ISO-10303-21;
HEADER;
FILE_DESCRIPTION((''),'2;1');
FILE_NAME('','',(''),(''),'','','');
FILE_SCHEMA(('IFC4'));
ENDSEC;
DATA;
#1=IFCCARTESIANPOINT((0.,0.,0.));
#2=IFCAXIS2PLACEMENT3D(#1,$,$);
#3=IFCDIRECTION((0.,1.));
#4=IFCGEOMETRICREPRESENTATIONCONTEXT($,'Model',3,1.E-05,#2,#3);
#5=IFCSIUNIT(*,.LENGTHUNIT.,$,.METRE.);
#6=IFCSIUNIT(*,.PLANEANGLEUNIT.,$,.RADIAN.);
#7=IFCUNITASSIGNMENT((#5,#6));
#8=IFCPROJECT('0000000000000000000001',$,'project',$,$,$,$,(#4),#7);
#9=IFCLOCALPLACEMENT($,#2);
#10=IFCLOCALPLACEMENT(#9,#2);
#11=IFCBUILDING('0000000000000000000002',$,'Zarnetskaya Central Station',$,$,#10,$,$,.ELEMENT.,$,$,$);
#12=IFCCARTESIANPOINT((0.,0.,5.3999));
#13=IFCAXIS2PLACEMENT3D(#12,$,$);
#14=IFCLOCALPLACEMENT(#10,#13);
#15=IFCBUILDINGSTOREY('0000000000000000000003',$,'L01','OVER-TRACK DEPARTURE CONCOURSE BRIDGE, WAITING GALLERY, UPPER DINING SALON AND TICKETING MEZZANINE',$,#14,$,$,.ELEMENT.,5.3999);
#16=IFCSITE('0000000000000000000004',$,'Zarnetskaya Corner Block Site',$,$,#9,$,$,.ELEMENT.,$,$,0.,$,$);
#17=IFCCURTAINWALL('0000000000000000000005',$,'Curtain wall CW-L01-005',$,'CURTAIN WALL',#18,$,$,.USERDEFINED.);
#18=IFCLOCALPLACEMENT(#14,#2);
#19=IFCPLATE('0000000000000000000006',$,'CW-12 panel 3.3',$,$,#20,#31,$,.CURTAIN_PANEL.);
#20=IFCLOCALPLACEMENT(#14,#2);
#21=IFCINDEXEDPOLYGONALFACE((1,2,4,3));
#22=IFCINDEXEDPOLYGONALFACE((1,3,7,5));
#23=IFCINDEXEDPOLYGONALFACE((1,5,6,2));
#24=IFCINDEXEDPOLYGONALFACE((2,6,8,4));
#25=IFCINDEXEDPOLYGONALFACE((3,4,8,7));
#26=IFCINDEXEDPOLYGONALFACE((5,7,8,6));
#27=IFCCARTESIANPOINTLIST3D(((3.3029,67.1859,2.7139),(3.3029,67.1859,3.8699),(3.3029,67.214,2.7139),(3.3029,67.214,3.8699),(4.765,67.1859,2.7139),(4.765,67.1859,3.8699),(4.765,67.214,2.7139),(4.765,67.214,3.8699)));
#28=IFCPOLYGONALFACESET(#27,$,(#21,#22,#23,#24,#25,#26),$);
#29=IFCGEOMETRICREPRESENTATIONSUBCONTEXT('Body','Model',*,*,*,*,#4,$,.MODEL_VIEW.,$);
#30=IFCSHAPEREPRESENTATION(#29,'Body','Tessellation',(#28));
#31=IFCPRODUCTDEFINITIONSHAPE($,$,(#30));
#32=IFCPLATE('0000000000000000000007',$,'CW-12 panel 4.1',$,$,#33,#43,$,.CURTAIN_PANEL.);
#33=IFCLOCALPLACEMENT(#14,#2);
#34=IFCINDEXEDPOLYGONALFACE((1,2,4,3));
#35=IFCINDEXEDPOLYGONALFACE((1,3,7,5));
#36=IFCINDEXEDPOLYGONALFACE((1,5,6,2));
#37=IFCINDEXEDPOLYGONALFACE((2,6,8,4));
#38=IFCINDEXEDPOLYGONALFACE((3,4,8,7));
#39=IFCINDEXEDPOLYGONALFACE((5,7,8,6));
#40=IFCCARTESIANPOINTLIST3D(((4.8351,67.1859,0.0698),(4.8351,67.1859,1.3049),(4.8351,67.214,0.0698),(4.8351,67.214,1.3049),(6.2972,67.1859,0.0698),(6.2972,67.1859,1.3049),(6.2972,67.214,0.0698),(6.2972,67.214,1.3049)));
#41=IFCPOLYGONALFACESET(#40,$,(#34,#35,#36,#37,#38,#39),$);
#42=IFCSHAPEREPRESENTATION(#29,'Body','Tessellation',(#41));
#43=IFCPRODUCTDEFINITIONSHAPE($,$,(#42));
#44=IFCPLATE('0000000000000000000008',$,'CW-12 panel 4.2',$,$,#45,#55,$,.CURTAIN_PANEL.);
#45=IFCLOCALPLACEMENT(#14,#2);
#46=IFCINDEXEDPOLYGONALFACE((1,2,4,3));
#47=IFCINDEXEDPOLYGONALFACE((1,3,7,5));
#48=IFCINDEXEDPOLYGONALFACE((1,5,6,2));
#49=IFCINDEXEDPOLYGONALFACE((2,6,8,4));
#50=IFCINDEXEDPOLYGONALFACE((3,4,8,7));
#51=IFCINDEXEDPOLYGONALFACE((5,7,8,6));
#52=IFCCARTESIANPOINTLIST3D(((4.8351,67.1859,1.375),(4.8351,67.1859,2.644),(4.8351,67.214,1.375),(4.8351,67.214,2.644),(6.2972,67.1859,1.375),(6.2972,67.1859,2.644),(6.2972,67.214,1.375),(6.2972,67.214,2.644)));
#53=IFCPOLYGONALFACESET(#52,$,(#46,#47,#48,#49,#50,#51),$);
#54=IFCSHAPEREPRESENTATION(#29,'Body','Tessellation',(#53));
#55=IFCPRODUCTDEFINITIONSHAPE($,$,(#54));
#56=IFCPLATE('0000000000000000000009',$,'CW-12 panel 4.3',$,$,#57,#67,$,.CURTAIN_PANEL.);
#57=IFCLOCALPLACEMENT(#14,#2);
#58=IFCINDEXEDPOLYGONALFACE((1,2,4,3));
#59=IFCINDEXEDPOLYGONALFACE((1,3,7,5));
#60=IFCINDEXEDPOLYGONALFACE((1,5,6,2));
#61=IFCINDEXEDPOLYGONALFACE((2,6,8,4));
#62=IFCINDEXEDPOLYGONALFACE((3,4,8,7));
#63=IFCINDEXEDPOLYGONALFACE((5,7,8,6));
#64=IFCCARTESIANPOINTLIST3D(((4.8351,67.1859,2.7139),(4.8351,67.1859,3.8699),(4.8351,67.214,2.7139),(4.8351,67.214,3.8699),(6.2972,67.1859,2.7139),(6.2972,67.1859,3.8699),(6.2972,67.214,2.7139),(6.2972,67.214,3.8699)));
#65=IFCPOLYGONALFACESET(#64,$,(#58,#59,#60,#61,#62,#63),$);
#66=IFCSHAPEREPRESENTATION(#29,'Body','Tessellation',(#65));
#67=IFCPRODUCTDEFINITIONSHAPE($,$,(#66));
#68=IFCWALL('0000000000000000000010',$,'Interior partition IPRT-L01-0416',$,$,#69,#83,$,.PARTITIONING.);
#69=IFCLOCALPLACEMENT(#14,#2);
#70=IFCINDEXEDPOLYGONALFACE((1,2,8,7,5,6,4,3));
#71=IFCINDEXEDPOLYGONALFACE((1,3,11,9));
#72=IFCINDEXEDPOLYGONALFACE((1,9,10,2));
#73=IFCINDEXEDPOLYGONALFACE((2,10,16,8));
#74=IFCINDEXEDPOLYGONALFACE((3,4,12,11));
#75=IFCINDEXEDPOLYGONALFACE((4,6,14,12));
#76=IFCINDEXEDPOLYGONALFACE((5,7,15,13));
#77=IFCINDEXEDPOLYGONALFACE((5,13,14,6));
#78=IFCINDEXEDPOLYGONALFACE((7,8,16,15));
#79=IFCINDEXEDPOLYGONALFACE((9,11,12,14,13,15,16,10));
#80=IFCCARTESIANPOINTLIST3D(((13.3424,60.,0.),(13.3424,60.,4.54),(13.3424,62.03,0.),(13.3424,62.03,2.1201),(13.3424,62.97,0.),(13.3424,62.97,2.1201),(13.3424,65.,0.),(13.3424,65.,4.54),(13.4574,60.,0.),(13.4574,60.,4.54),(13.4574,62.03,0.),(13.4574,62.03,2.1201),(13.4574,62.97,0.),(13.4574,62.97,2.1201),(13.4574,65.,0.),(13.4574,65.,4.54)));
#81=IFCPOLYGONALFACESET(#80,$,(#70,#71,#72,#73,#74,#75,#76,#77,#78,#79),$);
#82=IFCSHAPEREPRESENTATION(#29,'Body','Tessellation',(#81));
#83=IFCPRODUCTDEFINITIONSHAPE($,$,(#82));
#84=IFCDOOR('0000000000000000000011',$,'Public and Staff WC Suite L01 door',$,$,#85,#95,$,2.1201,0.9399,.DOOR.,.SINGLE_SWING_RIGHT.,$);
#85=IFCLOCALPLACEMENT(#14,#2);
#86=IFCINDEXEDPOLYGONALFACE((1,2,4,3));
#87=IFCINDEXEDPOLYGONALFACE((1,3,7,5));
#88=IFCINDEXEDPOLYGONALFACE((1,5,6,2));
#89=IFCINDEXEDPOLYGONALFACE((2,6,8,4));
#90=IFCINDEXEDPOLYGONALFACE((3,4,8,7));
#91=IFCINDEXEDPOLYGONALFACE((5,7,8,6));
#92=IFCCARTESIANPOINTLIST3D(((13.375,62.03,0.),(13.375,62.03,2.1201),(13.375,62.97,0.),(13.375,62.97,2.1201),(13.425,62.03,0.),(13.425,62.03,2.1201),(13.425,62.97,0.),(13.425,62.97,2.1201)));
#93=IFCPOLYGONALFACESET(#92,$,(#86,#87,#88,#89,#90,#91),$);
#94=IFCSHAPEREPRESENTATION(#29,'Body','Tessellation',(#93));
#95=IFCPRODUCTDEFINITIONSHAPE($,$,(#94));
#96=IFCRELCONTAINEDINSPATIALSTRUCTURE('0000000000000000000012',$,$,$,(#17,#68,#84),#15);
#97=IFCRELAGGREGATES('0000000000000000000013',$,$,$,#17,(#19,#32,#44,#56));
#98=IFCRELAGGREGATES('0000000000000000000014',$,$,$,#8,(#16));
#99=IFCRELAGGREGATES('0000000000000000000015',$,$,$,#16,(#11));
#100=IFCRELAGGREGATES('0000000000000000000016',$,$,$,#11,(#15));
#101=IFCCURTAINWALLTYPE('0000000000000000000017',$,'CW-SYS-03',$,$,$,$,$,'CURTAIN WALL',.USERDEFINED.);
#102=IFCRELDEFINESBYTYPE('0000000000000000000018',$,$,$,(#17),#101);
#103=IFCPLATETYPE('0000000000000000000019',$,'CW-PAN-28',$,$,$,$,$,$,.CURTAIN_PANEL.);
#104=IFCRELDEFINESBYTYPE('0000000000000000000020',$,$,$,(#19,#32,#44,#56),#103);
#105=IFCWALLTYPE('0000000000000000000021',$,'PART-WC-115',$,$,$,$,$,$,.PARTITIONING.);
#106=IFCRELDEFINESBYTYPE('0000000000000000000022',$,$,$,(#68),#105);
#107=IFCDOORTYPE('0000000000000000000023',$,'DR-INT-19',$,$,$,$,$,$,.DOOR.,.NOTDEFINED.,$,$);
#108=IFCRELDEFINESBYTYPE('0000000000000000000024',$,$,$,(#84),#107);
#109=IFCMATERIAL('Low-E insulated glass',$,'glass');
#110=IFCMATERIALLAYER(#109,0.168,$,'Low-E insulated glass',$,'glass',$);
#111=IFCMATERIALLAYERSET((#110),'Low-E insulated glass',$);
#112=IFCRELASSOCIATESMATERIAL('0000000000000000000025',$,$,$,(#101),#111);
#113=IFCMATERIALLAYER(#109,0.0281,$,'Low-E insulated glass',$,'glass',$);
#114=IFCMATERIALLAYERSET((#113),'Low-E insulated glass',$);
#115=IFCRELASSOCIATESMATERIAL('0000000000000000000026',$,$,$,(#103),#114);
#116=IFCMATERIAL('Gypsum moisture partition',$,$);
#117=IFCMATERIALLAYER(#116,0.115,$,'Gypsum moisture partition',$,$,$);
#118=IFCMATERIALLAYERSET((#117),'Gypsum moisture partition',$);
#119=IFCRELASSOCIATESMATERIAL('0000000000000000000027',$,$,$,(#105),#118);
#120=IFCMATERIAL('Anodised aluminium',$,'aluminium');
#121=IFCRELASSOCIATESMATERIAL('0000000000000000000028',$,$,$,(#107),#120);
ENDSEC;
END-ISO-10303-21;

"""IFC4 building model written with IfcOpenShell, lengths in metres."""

from ifc_helpers import new_model, si_unit, direction, frame, frame_2d, origin, origin_2d, place, context, subcontext, project, spatial, rectangle, extrude, material, layer, layer_set, type_object, element, fill, aggregate, save


model = new_model("IFC4")

# Units and contexts
model_context = context("Model", 3, precision=1e-05, world=origin(), true_north=direction((0.0, 1.0)))
body_context = subcontext(model_context, "Body", "Model", "MODEL_VIEW")
ifc_project = project(units=[si_unit("LENGTHUNIT", "METRE"), si_unit("PLANEANGLEUNIT", "RADIAN")], contexts=[model_context])

# Site, building, storey
site_placement = place(None, origin())
site = spatial("IfcSite", under=ifc_project, at=site_placement, Name="Zarnetskaya Corner Block Site", CompositionType="ELEMENT", RefElevation=0.0)
building_placement = place(site_placement, origin())
building = spatial("IfcBuilding", under=site, at=building_placement, Name="Zarnetskaya Central Station", CompositionType="ELEMENT")
storey_placement = place(building_placement, frame((0.0, 0.0, 5.3999)))
storey = spatial("IfcBuildingStorey", under=building, at=storey_placement, Name="L01", Description="OVER-TRACK DEPARTURE CONCOURSE BRIDGE, WAITING GALLERY, UPPER DINING SALON AND TICKETING MEZZANINE", CompositionType="ELEMENT", Elevation=5.3999)

# Curtain wall
ifc_material_1 = material(Name="Low-E insulated glass", Category="glass")
ifc_layer_1 = layer(ifc_material_1, 0.168, Name="Low-E insulated glass", Category="glass")
ifc_layer_set_1 = layer_set([ifc_layer_1], Name="Low-E insulated glass")
curtain_wall_type = type_object("IfcCurtainWallType", Name="CW-SYS-03", ElementType="CURTAIN WALL", PredefinedType="USERDEFINED", material=ifc_layer_set_1)
curtain_wall_placement = place(storey_placement, origin())
curtain_wall = element("IfcCurtainWall", 1, at=curtain_wall_placement, inside=storey, type_object=curtain_wall_type, Name="Curtain wall CW-L01-005", ObjectType="CURTAIN WALL", PredefinedType="USERDEFINED")
ifc_material_2 = material(Name="Anodised aluminium", Category="aluminium")

# Plates
ifc_layer_2 = layer(ifc_material_1, 0.0281, Name="Low-E insulated glass", Category="glass")
ifc_layer_set_2 = layer_set([ifc_layer_2], Name="Low-E insulated glass")
plate_type = type_object("IfcPlateType", Name="CW-PAN-28", PredefinedType="CURTAIN_PANEL", material=ifc_layer_set_2)
plate_1_placement = place(storey_placement, frame((4.0339, 67.2, 2.7139), z_axis=(0.0, 0.0, 1.0), x_axis=(1.0, 0.0, 0.0)))
plate_1 = element("IfcPlate", 2, at=plate_1_placement, type_object=plate_type, Name="CW-12 panel 3.3", PredefinedType="CURTAIN_PANEL", context=body_context, shape_type="SweptSolid", body=[
    extrude(rectangle(XDim=1.4622, YDim=0.0281, at=origin_2d()), origin(), (0.0, 0.0, 1.0), 1.156),
])
plate_2_placement = place(storey_placement, frame((5.5662, 67.2, 0.0698), z_axis=(0.0, 0.0, 1.0), x_axis=(1.0, 0.0, 0.0)))
plate_2 = element("IfcPlate", 3, at=plate_2_placement, type_object=plate_type, Name="CW-12 panel 4.1", PredefinedType="CURTAIN_PANEL", context=body_context, shape_type="SweptSolid", body=[
    extrude(rectangle(XDim=1.4622, YDim=0.0281, at=origin_2d()), origin(), (0.0, 0.0, 1.0), 1.2351),
])
plate_3_placement = place(storey_placement, frame((5.5662, 67.2, 1.375), z_axis=(0.0, 0.0, 1.0), x_axis=(1.0, 0.0, 0.0)))
plate_3 = element("IfcPlate", 4, at=plate_3_placement, type_object=plate_type, Name="CW-12 panel 4.2", PredefinedType="CURTAIN_PANEL", context=body_context, shape_type="SweptSolid", body=[
    extrude(rectangle(XDim=1.4622, YDim=0.0281, at=origin_2d()), origin(), (0.0, 0.0, 1.0), 1.269),
])
plate_4_placement = place(storey_placement, frame((5.5662, 67.2, 2.7139), z_axis=(0.0, 0.0, 1.0), x_axis=(1.0, 0.0, 0.0)))
plate_4 = element("IfcPlate", 5, at=plate_4_placement, type_object=plate_type, Name="CW-12 panel 4.3", PredefinedType="CURTAIN_PANEL", context=body_context, shape_type="SweptSolid", body=[
    extrude(rectangle(XDim=1.4622, YDim=0.0281, at=origin_2d()), origin(), (0.0, 0.0, 1.0), 1.156),
])
aggregate(curtain_wall, [plate_1, plate_2, plate_3, plate_4])

# Wall, opening, door
ifc_material_3 = material(Name="Gypsum moisture partition")
ifc_layer_3 = layer(ifc_material_3, 0.115, Name="Gypsum moisture partition")
ifc_layer_set_3 = layer_set([ifc_layer_3], Name="Gypsum moisture partition")
wall_type = type_object("IfcWallType", Name="PART-WC-115", PredefinedType="PARTITIONING", material=ifc_layer_set_3)
wall_placement = place(storey_placement, frame((13.3999, 60.0, 0.0), z_axis=(0.0, 0.0, 1.0), x_axis=(0.0, 1.0, 0.0)))
wall = element("IfcWall", 6, at=wall_placement, inside=storey, type_object=wall_type, Name="Interior partition IPRT-L01-0416", PredefinedType="PARTITIONING", context=body_context, shape_type="SweptSolid", body=[
    extrude(rectangle(XDim=5.0, YDim=0.115, at=frame_2d((2.5, 0.0))), origin(), (0.0, 0.0, 1.0), 4.54),
])
opening_placement = place(wall_placement, frame((2.03, 0.0, 0.0)))
opening = element("IfcOpeningElement", 7, at=opening_placement, cuts=wall, PredefinedType="OPENING", context=body_context, shape_type="SweptSolid", body=[
    extrude(rectangle(XDim=0.9399, YDim=2.1201, at=frame_2d((0.47, 1.0601))), frame((0.0, 0.0674, 0.0), z_axis=(0.0, -1.0, 0.0), x_axis=(1.0, 0.0, 0.0)), (0.0, 0.0, 1.0), 0.135),
])
door_type = type_object("IfcDoorType", Name="DR-INT-19", OperationType="NOTDEFINED", PredefinedType="DOOR", material=ifc_material_2)
door_placement = place(opening_placement, origin())
door = element("IfcDoor", 8, at=door_placement, inside=storey, type_object=door_type, Name="Public and Staff WC Suite L01 door", OperationType="SINGLE_SWING_RIGHT", OverallHeight=2.1201, OverallWidth=0.9399, PredefinedType="DOOR", context=body_context, shape_type="SweptSolid", body=[
    extrude(rectangle(XDim=0.9399, YDim=2.1201, at=frame_2d((0.47, 1.0601))), frame((0.0, 0.0249, 0.0), z_axis=(0.0, -1.0, 0.0), x_axis=(1.0, 0.0, 0.0)), (0.0, 0.0, 1.0), 0.05),
])
fill(opening, door)

save(model, "model.ifc")
